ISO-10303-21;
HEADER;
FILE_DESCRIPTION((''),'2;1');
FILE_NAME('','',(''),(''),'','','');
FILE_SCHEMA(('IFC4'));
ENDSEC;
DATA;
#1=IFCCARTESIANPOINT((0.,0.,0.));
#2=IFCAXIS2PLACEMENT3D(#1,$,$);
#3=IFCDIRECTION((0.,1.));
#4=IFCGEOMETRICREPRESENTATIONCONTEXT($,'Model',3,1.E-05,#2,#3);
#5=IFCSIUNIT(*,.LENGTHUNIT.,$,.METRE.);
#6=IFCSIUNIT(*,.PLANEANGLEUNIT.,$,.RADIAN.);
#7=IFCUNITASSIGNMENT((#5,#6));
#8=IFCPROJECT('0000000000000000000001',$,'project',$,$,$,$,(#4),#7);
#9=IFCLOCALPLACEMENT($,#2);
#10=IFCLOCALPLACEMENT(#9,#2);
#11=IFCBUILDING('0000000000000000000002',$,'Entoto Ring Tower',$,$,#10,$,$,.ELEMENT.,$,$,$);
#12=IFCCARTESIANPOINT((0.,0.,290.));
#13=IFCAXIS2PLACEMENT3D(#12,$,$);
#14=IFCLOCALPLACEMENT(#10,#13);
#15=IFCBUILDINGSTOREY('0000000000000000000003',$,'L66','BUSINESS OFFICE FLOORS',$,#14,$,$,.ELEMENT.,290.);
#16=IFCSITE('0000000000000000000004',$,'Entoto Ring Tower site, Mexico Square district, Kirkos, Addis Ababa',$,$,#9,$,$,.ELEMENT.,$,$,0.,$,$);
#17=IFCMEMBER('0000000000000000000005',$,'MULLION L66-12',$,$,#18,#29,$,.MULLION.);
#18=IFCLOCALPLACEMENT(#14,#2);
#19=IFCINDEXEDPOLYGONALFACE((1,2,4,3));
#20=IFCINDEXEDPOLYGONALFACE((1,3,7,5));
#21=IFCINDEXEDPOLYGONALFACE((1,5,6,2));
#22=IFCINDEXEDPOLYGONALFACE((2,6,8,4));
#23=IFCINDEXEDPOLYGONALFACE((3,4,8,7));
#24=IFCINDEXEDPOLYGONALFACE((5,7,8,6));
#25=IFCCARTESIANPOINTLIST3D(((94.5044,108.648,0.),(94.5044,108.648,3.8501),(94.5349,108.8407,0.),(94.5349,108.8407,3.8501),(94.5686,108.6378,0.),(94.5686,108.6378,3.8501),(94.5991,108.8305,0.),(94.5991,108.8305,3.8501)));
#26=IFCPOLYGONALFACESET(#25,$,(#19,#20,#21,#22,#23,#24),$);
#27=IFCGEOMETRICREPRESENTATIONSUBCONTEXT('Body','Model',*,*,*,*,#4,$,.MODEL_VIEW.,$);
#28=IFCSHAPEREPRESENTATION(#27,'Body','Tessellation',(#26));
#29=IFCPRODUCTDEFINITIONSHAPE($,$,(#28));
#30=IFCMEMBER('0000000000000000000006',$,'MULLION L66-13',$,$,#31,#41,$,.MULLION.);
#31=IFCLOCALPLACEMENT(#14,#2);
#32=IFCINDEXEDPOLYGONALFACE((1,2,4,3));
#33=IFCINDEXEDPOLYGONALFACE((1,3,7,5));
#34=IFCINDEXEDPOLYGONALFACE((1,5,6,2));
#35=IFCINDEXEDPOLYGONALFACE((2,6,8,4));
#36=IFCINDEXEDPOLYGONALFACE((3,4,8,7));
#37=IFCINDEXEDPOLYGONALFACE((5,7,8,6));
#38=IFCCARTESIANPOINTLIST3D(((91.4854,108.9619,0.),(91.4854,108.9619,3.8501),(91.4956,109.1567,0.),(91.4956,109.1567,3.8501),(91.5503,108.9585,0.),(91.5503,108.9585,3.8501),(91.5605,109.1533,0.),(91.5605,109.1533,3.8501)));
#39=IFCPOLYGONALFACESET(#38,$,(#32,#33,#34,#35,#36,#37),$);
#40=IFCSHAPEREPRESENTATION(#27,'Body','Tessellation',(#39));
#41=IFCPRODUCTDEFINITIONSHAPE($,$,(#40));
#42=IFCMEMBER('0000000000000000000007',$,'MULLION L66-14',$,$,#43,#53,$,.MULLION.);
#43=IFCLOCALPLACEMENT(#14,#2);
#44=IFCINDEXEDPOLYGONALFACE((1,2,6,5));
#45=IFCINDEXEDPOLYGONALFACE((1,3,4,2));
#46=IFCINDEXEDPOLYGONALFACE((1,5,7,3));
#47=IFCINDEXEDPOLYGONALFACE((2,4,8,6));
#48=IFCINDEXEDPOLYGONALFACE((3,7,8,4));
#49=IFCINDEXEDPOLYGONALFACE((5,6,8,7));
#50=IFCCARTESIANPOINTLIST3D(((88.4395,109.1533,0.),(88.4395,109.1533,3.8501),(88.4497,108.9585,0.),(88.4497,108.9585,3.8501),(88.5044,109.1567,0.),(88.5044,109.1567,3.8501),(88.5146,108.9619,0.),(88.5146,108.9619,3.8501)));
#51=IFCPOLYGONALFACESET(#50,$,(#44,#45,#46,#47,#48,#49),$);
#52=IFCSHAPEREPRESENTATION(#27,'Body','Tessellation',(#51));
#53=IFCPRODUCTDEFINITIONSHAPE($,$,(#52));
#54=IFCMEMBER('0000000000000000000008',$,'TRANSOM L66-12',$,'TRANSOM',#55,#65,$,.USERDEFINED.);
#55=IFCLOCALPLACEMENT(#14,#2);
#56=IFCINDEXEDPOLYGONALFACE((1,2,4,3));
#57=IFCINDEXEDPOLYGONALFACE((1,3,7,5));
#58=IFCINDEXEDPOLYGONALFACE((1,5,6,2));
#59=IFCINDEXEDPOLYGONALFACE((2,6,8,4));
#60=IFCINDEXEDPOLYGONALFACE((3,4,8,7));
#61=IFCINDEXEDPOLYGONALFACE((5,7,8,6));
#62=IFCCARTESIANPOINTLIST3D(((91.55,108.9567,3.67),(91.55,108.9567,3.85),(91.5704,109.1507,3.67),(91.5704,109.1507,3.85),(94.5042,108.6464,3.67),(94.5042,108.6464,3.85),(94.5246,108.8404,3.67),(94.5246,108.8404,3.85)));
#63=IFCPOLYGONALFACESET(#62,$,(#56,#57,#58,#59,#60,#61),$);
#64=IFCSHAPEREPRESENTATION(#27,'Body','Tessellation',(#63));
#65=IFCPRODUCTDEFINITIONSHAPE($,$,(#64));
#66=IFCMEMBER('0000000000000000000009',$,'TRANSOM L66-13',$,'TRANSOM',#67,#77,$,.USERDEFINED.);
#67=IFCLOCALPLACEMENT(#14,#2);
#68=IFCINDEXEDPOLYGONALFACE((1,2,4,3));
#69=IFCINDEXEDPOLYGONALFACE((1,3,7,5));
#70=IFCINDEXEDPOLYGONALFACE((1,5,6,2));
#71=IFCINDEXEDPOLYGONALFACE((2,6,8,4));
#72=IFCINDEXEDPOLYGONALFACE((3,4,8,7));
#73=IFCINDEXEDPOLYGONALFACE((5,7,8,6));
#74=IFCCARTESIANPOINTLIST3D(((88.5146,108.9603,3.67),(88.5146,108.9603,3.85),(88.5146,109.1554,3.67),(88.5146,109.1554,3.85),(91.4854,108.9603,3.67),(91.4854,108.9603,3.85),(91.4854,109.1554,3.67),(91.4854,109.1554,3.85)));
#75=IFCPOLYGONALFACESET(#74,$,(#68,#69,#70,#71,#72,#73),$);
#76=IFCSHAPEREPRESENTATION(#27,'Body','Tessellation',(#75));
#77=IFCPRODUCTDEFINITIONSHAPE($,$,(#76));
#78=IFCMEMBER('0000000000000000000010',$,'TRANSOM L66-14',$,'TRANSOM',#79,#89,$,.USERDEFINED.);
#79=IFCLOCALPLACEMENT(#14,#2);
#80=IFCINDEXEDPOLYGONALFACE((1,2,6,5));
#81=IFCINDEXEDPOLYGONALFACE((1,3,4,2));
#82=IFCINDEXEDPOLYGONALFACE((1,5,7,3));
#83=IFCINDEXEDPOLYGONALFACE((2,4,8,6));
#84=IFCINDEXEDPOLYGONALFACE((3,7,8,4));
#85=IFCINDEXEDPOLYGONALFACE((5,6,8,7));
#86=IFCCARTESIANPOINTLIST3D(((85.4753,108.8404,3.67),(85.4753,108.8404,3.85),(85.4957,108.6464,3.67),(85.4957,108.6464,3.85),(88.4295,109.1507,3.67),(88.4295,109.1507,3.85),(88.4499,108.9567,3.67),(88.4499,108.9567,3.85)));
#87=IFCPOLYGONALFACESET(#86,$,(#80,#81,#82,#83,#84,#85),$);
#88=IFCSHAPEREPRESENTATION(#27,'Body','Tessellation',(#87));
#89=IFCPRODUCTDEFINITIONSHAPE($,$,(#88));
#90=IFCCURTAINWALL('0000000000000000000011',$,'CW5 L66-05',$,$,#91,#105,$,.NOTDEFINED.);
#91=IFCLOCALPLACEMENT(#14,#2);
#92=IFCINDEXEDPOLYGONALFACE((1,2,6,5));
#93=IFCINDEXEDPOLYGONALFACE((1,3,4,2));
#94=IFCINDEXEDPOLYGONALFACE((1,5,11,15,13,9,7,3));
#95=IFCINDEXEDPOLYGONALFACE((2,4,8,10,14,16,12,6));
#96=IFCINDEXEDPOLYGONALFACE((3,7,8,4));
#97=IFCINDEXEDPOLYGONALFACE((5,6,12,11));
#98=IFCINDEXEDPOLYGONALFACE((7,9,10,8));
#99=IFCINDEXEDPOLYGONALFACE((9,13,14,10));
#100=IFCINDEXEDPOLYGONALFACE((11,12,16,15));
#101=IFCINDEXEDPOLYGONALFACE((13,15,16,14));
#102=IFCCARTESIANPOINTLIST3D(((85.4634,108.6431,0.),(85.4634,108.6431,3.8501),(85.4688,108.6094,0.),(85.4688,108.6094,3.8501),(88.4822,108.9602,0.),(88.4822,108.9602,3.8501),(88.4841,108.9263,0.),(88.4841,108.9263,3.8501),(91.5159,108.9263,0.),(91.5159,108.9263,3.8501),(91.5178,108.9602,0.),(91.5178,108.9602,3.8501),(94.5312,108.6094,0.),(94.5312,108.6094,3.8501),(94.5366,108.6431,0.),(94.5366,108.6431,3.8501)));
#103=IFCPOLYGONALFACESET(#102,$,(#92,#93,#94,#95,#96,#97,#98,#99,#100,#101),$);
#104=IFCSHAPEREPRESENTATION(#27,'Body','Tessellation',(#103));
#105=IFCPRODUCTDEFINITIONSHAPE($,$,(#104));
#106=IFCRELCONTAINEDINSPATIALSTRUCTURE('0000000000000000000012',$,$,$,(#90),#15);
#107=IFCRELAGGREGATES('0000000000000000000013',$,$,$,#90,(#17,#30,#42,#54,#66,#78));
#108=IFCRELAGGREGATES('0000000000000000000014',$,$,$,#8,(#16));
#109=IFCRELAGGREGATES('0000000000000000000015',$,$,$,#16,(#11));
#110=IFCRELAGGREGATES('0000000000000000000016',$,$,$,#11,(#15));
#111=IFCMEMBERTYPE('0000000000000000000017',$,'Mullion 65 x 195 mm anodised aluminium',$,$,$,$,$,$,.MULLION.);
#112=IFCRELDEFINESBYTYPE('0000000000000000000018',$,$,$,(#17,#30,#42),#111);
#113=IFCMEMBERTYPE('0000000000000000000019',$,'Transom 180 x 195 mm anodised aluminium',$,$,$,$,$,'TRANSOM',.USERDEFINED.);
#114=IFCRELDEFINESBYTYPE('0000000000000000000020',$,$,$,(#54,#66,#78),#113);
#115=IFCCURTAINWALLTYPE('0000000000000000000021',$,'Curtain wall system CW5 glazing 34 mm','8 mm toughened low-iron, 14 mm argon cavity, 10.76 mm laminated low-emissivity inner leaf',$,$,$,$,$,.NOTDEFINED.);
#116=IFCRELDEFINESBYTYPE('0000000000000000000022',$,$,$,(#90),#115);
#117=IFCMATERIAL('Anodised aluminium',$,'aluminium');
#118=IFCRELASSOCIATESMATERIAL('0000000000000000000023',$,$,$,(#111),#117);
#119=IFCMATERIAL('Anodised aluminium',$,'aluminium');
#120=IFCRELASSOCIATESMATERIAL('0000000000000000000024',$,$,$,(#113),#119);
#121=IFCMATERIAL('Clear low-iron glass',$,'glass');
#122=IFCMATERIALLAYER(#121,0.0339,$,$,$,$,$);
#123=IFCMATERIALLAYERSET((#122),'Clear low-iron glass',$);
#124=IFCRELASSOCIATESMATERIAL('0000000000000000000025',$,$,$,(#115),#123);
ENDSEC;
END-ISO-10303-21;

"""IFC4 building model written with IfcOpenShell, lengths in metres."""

from ifc_helpers import new_model, si_unit, direction, frame, origin, origin_2d, place, context, subcontext, project, spatial, polyline, rectangle, outline, extrude, material, layer, layer_set, material_profile, profile_set, type_object, element, aggregate, save


model = new_model("IFC4")

# Units and contexts
model_context = context("Model", 3, precision=1e-05, world=origin(), true_north=direction((0.0, 1.0)))
body_context = subcontext(model_context, "Body", "Model", "MODEL_VIEW")
ifc_project = project(units=[si_unit("LENGTHUNIT", "METRE"), si_unit("PLANEANGLEUNIT", "RADIAN")], contexts=[model_context])

# Members
ifc_material_1 = material(Name="Anodised aluminium", Category="aluminium")
ifc_material_profile_1 = material_profile(ifc_material_1, rectangle(XDim=0.0649, YDim=0.1951, at=origin_2d()), Name="Mullion 65 x 195 mm anodised aluminium")
ifc_profile_set_1 = profile_set([ifc_material_profile_1], Name="Anodised aluminium")
member_type_1 = type_object("IfcMemberType", Name="Mullion 65 x 195 mm anodised aluminium", PredefinedType="MULLION", material=ifc_profile_set_1)
site_placement = place(None, origin())
building_placement = place(site_placement, origin())
storey_placement = place(building_placement, frame((0.0, 0.0, 290.0)))
member_1_placement = place(storey_placement, frame((94.5518, 108.7393, 0.0), z_axis=(0.0, 0.0, 1.0), x_axis=(-0.987688, 0.156434, 0.0)))
member_1 = element("IfcMember", 1, at=member_1_placement, type_object=member_type_1, Name="MULLION L66-12", PredefinedType="MULLION", context=body_context, shape_type="SweptSolid", body=[
    extrude(rectangle(XDim=0.0649, YDim=0.1951, at=origin_2d()), origin(), (0.0, 0.0, 1.0), 3.8501),
])
member_2_placement = place(storey_placement, frame((91.5229, 109.0576, 0.0), z_axis=(0.0, 0.0, 1.0), x_axis=(-0.99863, 0.052336, 0.0)))
member_2 = element("IfcMember", 2, at=member_2_placement, type_object=member_type_1, Name="MULLION L66-13", PredefinedType="MULLION", context=body_context, shape_type="SweptSolid", body=[
    extrude(rectangle(XDim=0.0649, YDim=0.1951, at=origin_2d()), origin(), (0.0, 0.0, 1.0), 3.8501),
])
member_3_placement = place(storey_placement, frame((88.4771, 109.0576, 0.0), z_axis=(0.0, 0.0, 1.0), x_axis=(-0.99863, -0.052336, 0.0)))
member_3 = element("IfcMember", 3, at=member_3_placement, type_object=member_type_1, Name="MULLION L66-14", PredefinedType="MULLION", context=body_context, shape_type="SweptSolid", body=[
    extrude(rectangle(XDim=0.0649, YDim=0.1951, at=origin_2d()), origin(), (0.0, 0.0, 1.0), 3.8501),
])
ifc_material_2 = material(Name="Anodised aluminium", Category="aluminium")
ifc_material_profile_2 = material_profile(ifc_material_2, rectangle(XDim=0.1951, YDim=0.1799, at=origin_2d()), Name="Transom 180 x 195 mm anodised aluminium")
ifc_profile_set_2 = profile_set([ifc_material_profile_2], Name="Anodised aluminium")
member_type_2 = type_object("IfcMemberType", Name="Transom 180 x 195 mm anodised aluminium", ElementType="TRANSOM", PredefinedType="USERDEFINED", material=ifc_profile_set_2)
member_4_placement = place(storey_placement, frame((94.5144, 108.7434, 3.76), z_axis=(-0.994528, 0.104467, 0.0), x_axis=(-0.104467, -0.994528, 0.0)))
member_4 = element("IfcMember", 4, at=member_4_placement, type_object=member_type_2, Name="TRANSOM L66-12", ObjectType="TRANSOM", PredefinedType="USERDEFINED", context=body_context, shape_type="SweptSolid", body=[
    extrude(rectangle(XDim=0.1951, YDim=0.1799, at=origin_2d()), origin(), (0.0, 0.0, 1.0), 2.9705),
])
member_5_placement = place(storey_placement, frame((91.4854, 109.0579, 3.76), z_axis=(-1.0, 0.0, 0.0), x_axis=(0.0, -1.0, 0.0)))
member_5 = element("IfcMember", 5, at=member_5_placement, type_object=member_type_2, Name="TRANSOM L66-13", ObjectType="TRANSOM", PredefinedType="USERDEFINED", context=body_context, shape_type="SweptSolid", body=[
    extrude(rectangle(XDim=0.1951, YDim=0.1799, at=origin_2d()), origin(), (0.0, 0.0, 1.0), 2.9707),
])
member_6_placement = place(storey_placement, frame((88.4397, 109.0537, 3.76), z_axis=(-0.994528, -0.104467, 0.0), x_axis=(0.104467, -0.994528, 0.0)))
member_6 = element("IfcMember", 6, at=member_6_placement, type_object=member_type_2, Name="TRANSOM L66-14", ObjectType="TRANSOM", PredefinedType="USERDEFINED", context=body_context, shape_type="SweptSolid", body=[
    extrude(rectangle(XDim=0.1951, YDim=0.1799, at=origin_2d()), origin(), (0.0, 0.0, 1.0), 2.9705),
])

# Site, building, storey
site = spatial("IfcSite", under=ifc_project, at=site_placement, Name="Entoto Ring Tower site, Mexico Square district, Kirkos, Addis Ababa", CompositionType="ELEMENT", RefElevation=0.0)
building = spatial("IfcBuilding", under=site, at=building_placement, Name="Entoto Ring Tower", CompositionType="ELEMENT")
storey = spatial("IfcBuildingStorey", under=building, at=storey_placement, Name="L66", Description="BUSINESS OFFICE FLOORS", CompositionType="ELEMENT", Elevation=290.0)

# Curtain wall
ifc_material_3 = material(Name="Clear low-iron glass", Category="glass")
ifc_layer = layer(ifc_material_3, 0.0339)
ifc_layer_set = layer_set([ifc_layer], Name="Clear low-iron glass")
curtain_wall_type = type_object("IfcCurtainWallType", Name="Curtain wall system CW5 glazing 34 mm", Description="8 mm toughened low-iron, 14 mm argon cavity, 10.76 mm laminated low-emissivity inner leaf", PredefinedType="NOTDEFINED", material=ifc_layer_set)
curtain_wall_1_placement = place(storey_placement, origin())
curtain_wall_1 = element("IfcCurtainWall", 7, at=curtain_wall_1_placement, inside=storey, type_object=curtain_wall_type, Name="CW5 L66-05", PredefinedType="NOTDEFINED", context=body_context, shape_type="SweptSolid", body=[
    extrude(outline(polyline([(94.5366, 108.6431), (91.5178, 108.9602), (88.4822, 108.9602), (85.4634, 108.6431), (85.4688, 108.6094), (88.4841, 108.9263), (91.5159, 108.9263), (94.5312, 108.6094), (94.5366, 108.6431)])), origin(), (0.0, 0.0, 1.0), 3.8501),
])
aggregate(curtain_wall_1, [member_1, member_2, member_3, member_4, member_5, member_6])

save(model, "model.ifc")
